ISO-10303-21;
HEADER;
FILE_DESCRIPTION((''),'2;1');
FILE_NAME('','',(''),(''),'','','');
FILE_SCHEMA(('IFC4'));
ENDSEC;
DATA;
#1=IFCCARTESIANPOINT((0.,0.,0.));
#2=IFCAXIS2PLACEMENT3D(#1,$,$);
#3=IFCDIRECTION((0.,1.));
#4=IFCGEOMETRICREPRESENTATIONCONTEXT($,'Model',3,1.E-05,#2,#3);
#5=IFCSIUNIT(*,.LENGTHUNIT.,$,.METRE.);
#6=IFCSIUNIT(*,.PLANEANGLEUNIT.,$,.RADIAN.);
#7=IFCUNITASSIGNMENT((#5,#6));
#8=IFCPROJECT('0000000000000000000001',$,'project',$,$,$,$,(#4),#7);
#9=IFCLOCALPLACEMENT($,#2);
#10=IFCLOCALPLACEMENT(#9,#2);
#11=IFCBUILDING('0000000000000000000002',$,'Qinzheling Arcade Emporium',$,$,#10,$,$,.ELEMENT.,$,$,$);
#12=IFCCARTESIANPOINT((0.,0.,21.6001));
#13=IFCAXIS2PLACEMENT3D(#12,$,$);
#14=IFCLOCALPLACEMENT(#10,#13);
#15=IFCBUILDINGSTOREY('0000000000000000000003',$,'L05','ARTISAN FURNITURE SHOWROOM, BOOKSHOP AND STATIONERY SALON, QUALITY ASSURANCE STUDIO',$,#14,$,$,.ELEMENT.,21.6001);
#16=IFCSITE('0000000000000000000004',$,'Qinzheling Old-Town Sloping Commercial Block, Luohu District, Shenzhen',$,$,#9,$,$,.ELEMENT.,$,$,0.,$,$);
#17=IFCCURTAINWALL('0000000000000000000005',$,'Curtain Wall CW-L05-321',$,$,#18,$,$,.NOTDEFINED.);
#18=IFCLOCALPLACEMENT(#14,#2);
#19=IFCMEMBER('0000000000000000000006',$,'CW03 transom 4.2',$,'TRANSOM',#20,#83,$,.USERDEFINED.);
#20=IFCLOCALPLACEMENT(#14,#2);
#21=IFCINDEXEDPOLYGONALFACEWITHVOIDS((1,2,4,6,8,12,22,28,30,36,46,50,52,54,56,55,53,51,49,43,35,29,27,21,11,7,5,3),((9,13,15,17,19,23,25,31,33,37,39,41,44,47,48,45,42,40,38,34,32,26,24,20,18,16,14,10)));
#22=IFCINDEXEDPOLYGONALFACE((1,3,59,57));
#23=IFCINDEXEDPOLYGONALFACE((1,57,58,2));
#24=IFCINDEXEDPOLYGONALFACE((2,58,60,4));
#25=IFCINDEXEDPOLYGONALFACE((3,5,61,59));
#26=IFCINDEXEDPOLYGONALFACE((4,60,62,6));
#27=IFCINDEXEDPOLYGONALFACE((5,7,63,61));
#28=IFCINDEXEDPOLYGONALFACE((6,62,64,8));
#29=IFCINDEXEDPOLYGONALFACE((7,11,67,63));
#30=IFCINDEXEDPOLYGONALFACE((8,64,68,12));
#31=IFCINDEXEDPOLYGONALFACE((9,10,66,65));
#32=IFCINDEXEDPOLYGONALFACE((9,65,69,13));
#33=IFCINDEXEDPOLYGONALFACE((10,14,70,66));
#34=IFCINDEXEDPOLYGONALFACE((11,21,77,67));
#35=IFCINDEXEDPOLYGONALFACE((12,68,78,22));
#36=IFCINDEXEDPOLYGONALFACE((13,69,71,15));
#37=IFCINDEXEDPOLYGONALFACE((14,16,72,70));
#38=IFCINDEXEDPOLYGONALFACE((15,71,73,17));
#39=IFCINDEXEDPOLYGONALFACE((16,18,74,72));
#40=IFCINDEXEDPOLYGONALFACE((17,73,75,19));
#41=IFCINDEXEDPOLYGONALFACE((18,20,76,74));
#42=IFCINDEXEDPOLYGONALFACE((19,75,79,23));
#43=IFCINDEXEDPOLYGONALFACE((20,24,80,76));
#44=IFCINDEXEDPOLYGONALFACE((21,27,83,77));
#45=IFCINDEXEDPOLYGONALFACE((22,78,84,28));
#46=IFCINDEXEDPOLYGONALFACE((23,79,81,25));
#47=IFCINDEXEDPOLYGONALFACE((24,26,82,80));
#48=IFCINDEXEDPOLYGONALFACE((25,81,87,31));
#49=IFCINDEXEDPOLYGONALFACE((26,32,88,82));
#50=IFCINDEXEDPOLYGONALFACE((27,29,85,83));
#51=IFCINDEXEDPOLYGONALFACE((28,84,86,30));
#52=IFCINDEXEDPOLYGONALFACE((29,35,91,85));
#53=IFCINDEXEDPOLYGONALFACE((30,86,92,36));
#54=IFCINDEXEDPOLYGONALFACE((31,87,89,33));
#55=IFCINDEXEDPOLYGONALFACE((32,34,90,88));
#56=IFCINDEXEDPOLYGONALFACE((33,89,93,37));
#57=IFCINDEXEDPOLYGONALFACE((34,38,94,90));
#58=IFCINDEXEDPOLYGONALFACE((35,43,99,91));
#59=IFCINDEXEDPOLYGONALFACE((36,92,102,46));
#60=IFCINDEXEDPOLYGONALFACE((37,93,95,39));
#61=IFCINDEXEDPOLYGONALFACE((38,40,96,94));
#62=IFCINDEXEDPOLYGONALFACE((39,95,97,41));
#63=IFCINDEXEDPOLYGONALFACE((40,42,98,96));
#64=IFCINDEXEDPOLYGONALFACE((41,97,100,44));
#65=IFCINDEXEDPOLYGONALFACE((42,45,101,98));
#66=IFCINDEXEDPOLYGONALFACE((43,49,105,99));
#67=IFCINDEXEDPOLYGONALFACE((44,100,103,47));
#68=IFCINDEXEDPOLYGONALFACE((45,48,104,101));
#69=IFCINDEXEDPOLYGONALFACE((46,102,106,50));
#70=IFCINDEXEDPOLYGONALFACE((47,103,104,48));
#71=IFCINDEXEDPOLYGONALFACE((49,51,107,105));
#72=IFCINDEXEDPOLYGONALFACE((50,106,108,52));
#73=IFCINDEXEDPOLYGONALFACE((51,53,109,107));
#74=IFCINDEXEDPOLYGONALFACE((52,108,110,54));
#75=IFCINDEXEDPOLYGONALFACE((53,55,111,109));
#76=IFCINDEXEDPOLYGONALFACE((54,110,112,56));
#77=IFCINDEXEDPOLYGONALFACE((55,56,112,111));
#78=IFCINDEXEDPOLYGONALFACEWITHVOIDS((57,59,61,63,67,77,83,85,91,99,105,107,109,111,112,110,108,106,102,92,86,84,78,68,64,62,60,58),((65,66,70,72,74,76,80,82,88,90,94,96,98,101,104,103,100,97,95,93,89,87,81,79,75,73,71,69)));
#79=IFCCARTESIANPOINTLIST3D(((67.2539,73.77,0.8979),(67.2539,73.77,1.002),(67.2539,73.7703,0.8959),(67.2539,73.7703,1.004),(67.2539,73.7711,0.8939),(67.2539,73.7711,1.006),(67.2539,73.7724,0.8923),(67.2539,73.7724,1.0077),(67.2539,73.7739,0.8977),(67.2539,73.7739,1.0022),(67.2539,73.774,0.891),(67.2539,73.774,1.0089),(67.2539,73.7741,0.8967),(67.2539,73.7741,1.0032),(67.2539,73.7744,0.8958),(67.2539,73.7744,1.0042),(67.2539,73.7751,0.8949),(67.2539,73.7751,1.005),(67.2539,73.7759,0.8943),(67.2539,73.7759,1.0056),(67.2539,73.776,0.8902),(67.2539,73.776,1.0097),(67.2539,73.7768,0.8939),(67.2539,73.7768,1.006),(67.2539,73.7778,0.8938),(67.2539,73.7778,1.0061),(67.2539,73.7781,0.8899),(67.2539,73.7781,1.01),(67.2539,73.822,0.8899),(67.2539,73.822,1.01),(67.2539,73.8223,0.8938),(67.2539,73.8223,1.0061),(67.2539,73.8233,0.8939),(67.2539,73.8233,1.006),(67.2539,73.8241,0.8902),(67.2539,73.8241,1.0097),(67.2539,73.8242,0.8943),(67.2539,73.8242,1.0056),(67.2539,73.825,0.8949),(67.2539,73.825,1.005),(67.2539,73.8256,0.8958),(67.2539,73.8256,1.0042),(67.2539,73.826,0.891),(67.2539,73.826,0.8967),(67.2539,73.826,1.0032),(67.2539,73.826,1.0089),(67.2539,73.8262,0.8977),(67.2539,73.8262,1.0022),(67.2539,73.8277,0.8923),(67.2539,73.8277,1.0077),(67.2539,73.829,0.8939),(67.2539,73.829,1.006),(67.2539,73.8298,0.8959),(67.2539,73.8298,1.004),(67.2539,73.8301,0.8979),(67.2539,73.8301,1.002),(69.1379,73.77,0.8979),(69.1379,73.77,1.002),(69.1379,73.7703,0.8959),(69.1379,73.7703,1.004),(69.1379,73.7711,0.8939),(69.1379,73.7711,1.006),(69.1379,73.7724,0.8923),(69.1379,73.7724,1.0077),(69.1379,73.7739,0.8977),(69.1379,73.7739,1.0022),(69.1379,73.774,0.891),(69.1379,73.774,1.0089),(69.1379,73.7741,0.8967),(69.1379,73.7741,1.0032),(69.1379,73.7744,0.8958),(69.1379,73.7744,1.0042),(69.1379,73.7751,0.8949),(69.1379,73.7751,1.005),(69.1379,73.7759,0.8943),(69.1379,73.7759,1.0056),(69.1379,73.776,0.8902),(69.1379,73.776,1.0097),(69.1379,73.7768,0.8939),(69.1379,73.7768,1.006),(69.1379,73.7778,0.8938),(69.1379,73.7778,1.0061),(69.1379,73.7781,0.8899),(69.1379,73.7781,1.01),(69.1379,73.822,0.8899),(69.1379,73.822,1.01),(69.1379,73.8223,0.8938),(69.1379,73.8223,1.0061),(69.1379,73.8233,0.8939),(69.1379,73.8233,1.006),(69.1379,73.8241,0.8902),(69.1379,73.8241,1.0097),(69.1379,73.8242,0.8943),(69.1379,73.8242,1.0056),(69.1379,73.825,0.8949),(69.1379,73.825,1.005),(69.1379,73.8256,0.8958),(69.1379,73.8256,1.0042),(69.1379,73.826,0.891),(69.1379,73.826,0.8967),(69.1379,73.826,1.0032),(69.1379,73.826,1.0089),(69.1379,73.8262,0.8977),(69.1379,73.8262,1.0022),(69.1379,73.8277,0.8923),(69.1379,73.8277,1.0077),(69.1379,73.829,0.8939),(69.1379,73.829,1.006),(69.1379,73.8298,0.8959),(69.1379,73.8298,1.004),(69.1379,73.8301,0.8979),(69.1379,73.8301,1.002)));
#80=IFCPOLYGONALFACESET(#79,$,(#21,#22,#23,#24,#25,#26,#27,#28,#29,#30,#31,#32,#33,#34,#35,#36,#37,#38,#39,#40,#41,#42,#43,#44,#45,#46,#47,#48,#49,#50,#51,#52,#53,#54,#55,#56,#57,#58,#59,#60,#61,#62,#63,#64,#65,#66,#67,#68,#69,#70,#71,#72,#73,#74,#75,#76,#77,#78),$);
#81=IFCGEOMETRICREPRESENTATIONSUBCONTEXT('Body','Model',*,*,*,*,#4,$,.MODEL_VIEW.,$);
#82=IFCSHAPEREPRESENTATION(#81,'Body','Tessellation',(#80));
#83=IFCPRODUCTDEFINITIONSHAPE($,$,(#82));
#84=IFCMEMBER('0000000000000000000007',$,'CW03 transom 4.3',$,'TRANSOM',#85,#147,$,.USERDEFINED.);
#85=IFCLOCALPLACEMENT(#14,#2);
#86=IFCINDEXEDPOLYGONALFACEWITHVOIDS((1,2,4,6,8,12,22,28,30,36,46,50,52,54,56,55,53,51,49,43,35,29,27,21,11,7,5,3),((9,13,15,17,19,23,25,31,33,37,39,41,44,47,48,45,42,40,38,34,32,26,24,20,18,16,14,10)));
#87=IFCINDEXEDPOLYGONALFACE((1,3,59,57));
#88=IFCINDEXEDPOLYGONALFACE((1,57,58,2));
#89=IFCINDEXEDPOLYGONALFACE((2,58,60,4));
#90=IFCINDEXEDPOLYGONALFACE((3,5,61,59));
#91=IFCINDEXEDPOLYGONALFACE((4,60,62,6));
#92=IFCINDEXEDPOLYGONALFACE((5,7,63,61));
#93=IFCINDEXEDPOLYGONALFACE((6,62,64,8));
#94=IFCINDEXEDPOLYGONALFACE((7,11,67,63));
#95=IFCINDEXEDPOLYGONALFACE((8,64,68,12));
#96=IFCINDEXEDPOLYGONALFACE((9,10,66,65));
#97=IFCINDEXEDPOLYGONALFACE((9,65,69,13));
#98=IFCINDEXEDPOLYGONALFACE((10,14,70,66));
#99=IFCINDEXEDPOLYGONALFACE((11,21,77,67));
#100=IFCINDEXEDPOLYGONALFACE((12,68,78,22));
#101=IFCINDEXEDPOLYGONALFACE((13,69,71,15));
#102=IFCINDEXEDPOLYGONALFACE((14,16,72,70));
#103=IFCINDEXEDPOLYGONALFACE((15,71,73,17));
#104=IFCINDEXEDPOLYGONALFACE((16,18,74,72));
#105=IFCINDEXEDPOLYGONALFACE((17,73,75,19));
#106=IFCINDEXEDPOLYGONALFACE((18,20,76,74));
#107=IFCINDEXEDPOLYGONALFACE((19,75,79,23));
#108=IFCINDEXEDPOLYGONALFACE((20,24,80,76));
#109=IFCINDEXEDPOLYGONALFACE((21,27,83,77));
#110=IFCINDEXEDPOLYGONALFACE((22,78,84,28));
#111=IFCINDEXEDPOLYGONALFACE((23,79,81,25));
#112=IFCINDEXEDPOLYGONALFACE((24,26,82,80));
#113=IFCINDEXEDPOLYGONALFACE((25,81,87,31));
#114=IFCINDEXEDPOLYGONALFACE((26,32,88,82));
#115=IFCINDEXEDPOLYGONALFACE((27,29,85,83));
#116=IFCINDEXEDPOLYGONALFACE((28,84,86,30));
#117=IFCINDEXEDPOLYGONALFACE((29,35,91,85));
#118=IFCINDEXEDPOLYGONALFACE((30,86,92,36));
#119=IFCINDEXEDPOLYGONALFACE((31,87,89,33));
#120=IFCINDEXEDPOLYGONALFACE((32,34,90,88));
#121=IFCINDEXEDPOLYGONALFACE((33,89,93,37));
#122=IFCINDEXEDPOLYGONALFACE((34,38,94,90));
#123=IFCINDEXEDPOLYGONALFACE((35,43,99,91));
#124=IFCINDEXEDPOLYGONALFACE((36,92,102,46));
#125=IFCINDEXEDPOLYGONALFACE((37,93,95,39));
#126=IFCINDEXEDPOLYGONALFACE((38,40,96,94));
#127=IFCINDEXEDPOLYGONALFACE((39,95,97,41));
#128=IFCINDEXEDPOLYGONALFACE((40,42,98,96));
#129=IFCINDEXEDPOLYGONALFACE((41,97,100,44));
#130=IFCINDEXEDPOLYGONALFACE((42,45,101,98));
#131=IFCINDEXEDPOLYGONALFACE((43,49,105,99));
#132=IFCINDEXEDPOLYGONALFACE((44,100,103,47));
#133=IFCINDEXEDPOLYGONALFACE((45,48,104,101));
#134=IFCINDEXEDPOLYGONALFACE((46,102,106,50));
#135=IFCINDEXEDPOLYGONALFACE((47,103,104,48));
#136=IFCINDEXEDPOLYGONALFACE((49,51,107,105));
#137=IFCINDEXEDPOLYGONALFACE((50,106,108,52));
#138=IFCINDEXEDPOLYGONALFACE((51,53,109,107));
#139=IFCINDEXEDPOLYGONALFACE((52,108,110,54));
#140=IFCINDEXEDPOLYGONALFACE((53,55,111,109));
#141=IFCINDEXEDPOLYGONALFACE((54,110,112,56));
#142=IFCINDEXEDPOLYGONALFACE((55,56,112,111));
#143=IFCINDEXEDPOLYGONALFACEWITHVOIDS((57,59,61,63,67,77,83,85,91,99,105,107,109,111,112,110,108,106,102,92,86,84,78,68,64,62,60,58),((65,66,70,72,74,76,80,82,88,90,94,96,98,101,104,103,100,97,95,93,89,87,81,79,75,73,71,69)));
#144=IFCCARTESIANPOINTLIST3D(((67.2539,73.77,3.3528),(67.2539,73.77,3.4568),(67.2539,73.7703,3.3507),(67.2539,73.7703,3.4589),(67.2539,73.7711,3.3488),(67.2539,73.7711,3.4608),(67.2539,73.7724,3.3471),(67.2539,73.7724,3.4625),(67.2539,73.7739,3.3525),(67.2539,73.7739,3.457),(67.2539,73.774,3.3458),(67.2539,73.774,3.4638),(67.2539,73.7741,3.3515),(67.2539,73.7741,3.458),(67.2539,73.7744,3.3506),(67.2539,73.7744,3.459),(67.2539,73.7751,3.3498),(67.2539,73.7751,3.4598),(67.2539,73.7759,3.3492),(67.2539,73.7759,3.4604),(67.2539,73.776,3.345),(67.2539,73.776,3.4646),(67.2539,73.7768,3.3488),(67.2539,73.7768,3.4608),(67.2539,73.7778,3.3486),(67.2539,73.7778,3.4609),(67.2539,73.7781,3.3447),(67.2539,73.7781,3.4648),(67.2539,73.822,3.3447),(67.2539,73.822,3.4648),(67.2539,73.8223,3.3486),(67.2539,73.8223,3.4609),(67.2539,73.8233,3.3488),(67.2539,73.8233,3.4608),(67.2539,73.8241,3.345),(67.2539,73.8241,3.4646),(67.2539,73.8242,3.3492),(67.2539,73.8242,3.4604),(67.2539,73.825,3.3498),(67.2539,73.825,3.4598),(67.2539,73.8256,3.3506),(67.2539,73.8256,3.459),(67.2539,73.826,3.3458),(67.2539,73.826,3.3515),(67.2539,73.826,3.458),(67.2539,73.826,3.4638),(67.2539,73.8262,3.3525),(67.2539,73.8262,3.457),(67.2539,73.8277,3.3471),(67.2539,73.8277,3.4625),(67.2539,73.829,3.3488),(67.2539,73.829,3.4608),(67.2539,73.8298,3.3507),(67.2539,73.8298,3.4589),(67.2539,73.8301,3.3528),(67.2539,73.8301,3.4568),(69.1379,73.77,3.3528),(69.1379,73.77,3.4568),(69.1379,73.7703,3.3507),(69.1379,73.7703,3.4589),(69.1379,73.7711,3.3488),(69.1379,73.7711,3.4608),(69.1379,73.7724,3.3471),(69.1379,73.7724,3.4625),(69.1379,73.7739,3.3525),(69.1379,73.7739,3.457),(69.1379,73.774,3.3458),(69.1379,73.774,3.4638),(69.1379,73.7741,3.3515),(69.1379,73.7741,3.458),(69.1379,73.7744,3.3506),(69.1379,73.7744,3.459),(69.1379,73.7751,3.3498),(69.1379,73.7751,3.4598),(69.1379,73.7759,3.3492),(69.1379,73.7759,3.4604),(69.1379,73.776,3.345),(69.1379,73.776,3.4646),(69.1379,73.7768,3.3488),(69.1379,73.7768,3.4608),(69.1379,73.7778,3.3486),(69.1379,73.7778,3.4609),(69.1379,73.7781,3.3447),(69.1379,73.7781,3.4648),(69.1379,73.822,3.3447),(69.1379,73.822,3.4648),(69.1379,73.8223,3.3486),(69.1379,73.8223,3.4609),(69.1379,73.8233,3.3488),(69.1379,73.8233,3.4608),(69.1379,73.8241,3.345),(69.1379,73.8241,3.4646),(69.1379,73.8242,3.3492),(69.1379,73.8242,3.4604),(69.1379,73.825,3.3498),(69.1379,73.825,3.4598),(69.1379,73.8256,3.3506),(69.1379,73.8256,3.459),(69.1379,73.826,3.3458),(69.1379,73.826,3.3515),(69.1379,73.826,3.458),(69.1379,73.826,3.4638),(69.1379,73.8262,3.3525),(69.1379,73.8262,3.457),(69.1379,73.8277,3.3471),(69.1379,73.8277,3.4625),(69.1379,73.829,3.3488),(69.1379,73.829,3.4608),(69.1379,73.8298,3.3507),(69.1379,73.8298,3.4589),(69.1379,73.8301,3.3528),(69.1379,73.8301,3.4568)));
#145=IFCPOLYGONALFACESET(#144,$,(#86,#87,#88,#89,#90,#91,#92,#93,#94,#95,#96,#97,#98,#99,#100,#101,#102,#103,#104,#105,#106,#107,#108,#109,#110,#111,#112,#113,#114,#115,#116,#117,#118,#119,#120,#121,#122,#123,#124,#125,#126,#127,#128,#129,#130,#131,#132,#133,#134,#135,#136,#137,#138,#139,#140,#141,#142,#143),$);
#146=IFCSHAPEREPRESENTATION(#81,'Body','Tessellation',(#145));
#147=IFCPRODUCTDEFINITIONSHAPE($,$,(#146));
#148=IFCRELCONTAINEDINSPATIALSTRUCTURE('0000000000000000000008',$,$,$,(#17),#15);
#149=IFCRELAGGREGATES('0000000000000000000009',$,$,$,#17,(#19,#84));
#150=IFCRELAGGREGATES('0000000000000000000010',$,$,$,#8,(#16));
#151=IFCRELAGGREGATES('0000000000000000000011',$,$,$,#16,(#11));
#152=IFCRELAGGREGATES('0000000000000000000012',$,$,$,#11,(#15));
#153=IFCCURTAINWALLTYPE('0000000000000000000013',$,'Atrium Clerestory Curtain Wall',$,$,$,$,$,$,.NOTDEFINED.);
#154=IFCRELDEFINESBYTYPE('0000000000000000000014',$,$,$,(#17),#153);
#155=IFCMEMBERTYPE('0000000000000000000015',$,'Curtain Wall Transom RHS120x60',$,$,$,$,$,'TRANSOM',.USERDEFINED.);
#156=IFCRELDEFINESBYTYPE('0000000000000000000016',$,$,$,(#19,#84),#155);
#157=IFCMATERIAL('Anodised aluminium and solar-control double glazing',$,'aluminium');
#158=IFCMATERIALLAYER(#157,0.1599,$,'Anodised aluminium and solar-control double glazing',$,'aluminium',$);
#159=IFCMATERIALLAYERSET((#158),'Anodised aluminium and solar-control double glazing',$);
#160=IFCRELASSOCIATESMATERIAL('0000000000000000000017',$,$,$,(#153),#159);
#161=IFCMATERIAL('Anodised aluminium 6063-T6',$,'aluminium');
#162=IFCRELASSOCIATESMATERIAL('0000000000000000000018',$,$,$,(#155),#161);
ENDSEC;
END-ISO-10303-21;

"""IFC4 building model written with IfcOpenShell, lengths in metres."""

from ifc_helpers import new_model, si_unit, direction, frame, origin, origin_2d, place, context, subcontext, project, spatial, hollow_rectangle, extrude, material, layer, layer_set, material_profile, profile_set, type_object, element, aggregate, save


model = new_model("IFC4")

# Units and contexts
model_context = context("Model", 3, precision=1e-05, world=origin(), true_north=direction((0.0, 1.0)))
body_context = subcontext(model_context, "Body", "Model", "MODEL_VIEW")
ifc_project = project(units=[si_unit("LENGTHUNIT", "METRE"), si_unit("PLANEANGLEUNIT", "RADIAN")], contexts=[model_context])

# Site, building, storey
site_placement = place(None, origin())
site = spatial("IfcSite", under=ifc_project, at=site_placement, Name="Qinzheling Old-Town Sloping Commercial Block, Luohu District, Shenzhen", CompositionType="ELEMENT", RefElevation=0.0)
building_placement = place(site_placement, origin())
building = spatial("IfcBuilding", under=site, at=building_placement, Name="Qinzheling Arcade Emporium", CompositionType="ELEMENT")
storey_placement = place(building_placement, frame((0.0, 0.0, 21.6001)))
storey = spatial("IfcBuildingStorey", under=building, at=storey_placement, Name="L05", Description="ARTISAN FURNITURE SHOWROOM, BOOKSHOP AND STATIONERY SALON, QUALITY ASSURANCE STUDIO", CompositionType="ELEMENT", Elevation=21.6001)

# Curtain wall
ifc_material_1 = material(Name="Anodised aluminium and solar-control double glazing", Category="aluminium")
ifc_layer_1 = layer(ifc_material_1, 0.1599, Name="Anodised aluminium and solar-control double glazing", Category="aluminium")
ifc_layer_set_1 = layer_set([ifc_layer_1], Name="Anodised aluminium and solar-control double glazing")
curtain_wall_type = type_object("IfcCurtainWallType", Name="Atrium Clerestory Curtain Wall", PredefinedType="NOTDEFINED", material=ifc_layer_set_1)
curtain_wall_1_placement = place(storey_placement, origin())
curtain_wall_1 = element("IfcCurtainWall", 1, at=curtain_wall_1_placement, inside=storey, type_object=curtain_wall_type, Name="Curtain Wall CW-L05-321", PredefinedType="NOTDEFINED")
ifc_material_2 = material(Name="Anodised aluminium 6063-T6", Category="aluminium")

# Members
ifc_material_profile_1 = material_profile(ifc_material_2, hollow_rectangle(XDim=0.0601, YDim=0.1201, WallThickness=0.0039, InnerFilletRadius=0.0039, OuterFilletRadius=0.0081, at=origin_2d()), Name="RHS 120x60x4", Category="aluminium")
ifc_profile_set_1 = profile_set([ifc_material_profile_1], Name="Anodised aluminium 6063-T6")
member_type_1 = type_object("IfcMemberType", Name="Curtain Wall Transom RHS120x60", ElementType="TRANSOM", PredefinedType="USERDEFINED", material=ifc_profile_set_1)
member_1_placement = place(storey_placement, frame((67.2539, 73.8, 0.95), z_axis=(1.0, 0.0, 0.0), x_axis=(0.0, 1.0, 0.0)))
member_1 = element("IfcMember", 2, at=member_1_placement, type_object=member_type_1, Name="CW03 transom 4.2", ObjectType="TRANSOM", PredefinedType="USERDEFINED", context=body_context, shape_type="SweptSolid", body=[
    extrude(hollow_rectangle(XDim=0.0601, YDim=0.1201, WallThickness=0.0039, InnerFilletRadius=0.0039, OuterFilletRadius=0.0081, at=origin_2d()), origin(), (0.0, 0.0, 1.0), 1.884),
])
member_2_placement = place(storey_placement, frame((67.2539, 73.8, 3.4048), z_axis=(1.0, 0.0, 0.0), x_axis=(0.0, 1.0, 0.0)))
member_2 = element("IfcMember", 3, at=member_2_placement, type_object=member_type_1, Name="CW03 transom 4.3", ObjectType="TRANSOM", PredefinedType="USERDEFINED", context=body_context, shape_type="SweptSolid", body=[
    extrude(hollow_rectangle(XDim=0.0601, YDim=0.1201, WallThickness=0.0039, InnerFilletRadius=0.0039, OuterFilletRadius=0.0081, at=origin_2d()), origin(), (0.0, 0.0, 1.0), 1.884),
])

aggregate(curtain_wall_1, [member_1, member_2])

save(model, "model.ifc")
